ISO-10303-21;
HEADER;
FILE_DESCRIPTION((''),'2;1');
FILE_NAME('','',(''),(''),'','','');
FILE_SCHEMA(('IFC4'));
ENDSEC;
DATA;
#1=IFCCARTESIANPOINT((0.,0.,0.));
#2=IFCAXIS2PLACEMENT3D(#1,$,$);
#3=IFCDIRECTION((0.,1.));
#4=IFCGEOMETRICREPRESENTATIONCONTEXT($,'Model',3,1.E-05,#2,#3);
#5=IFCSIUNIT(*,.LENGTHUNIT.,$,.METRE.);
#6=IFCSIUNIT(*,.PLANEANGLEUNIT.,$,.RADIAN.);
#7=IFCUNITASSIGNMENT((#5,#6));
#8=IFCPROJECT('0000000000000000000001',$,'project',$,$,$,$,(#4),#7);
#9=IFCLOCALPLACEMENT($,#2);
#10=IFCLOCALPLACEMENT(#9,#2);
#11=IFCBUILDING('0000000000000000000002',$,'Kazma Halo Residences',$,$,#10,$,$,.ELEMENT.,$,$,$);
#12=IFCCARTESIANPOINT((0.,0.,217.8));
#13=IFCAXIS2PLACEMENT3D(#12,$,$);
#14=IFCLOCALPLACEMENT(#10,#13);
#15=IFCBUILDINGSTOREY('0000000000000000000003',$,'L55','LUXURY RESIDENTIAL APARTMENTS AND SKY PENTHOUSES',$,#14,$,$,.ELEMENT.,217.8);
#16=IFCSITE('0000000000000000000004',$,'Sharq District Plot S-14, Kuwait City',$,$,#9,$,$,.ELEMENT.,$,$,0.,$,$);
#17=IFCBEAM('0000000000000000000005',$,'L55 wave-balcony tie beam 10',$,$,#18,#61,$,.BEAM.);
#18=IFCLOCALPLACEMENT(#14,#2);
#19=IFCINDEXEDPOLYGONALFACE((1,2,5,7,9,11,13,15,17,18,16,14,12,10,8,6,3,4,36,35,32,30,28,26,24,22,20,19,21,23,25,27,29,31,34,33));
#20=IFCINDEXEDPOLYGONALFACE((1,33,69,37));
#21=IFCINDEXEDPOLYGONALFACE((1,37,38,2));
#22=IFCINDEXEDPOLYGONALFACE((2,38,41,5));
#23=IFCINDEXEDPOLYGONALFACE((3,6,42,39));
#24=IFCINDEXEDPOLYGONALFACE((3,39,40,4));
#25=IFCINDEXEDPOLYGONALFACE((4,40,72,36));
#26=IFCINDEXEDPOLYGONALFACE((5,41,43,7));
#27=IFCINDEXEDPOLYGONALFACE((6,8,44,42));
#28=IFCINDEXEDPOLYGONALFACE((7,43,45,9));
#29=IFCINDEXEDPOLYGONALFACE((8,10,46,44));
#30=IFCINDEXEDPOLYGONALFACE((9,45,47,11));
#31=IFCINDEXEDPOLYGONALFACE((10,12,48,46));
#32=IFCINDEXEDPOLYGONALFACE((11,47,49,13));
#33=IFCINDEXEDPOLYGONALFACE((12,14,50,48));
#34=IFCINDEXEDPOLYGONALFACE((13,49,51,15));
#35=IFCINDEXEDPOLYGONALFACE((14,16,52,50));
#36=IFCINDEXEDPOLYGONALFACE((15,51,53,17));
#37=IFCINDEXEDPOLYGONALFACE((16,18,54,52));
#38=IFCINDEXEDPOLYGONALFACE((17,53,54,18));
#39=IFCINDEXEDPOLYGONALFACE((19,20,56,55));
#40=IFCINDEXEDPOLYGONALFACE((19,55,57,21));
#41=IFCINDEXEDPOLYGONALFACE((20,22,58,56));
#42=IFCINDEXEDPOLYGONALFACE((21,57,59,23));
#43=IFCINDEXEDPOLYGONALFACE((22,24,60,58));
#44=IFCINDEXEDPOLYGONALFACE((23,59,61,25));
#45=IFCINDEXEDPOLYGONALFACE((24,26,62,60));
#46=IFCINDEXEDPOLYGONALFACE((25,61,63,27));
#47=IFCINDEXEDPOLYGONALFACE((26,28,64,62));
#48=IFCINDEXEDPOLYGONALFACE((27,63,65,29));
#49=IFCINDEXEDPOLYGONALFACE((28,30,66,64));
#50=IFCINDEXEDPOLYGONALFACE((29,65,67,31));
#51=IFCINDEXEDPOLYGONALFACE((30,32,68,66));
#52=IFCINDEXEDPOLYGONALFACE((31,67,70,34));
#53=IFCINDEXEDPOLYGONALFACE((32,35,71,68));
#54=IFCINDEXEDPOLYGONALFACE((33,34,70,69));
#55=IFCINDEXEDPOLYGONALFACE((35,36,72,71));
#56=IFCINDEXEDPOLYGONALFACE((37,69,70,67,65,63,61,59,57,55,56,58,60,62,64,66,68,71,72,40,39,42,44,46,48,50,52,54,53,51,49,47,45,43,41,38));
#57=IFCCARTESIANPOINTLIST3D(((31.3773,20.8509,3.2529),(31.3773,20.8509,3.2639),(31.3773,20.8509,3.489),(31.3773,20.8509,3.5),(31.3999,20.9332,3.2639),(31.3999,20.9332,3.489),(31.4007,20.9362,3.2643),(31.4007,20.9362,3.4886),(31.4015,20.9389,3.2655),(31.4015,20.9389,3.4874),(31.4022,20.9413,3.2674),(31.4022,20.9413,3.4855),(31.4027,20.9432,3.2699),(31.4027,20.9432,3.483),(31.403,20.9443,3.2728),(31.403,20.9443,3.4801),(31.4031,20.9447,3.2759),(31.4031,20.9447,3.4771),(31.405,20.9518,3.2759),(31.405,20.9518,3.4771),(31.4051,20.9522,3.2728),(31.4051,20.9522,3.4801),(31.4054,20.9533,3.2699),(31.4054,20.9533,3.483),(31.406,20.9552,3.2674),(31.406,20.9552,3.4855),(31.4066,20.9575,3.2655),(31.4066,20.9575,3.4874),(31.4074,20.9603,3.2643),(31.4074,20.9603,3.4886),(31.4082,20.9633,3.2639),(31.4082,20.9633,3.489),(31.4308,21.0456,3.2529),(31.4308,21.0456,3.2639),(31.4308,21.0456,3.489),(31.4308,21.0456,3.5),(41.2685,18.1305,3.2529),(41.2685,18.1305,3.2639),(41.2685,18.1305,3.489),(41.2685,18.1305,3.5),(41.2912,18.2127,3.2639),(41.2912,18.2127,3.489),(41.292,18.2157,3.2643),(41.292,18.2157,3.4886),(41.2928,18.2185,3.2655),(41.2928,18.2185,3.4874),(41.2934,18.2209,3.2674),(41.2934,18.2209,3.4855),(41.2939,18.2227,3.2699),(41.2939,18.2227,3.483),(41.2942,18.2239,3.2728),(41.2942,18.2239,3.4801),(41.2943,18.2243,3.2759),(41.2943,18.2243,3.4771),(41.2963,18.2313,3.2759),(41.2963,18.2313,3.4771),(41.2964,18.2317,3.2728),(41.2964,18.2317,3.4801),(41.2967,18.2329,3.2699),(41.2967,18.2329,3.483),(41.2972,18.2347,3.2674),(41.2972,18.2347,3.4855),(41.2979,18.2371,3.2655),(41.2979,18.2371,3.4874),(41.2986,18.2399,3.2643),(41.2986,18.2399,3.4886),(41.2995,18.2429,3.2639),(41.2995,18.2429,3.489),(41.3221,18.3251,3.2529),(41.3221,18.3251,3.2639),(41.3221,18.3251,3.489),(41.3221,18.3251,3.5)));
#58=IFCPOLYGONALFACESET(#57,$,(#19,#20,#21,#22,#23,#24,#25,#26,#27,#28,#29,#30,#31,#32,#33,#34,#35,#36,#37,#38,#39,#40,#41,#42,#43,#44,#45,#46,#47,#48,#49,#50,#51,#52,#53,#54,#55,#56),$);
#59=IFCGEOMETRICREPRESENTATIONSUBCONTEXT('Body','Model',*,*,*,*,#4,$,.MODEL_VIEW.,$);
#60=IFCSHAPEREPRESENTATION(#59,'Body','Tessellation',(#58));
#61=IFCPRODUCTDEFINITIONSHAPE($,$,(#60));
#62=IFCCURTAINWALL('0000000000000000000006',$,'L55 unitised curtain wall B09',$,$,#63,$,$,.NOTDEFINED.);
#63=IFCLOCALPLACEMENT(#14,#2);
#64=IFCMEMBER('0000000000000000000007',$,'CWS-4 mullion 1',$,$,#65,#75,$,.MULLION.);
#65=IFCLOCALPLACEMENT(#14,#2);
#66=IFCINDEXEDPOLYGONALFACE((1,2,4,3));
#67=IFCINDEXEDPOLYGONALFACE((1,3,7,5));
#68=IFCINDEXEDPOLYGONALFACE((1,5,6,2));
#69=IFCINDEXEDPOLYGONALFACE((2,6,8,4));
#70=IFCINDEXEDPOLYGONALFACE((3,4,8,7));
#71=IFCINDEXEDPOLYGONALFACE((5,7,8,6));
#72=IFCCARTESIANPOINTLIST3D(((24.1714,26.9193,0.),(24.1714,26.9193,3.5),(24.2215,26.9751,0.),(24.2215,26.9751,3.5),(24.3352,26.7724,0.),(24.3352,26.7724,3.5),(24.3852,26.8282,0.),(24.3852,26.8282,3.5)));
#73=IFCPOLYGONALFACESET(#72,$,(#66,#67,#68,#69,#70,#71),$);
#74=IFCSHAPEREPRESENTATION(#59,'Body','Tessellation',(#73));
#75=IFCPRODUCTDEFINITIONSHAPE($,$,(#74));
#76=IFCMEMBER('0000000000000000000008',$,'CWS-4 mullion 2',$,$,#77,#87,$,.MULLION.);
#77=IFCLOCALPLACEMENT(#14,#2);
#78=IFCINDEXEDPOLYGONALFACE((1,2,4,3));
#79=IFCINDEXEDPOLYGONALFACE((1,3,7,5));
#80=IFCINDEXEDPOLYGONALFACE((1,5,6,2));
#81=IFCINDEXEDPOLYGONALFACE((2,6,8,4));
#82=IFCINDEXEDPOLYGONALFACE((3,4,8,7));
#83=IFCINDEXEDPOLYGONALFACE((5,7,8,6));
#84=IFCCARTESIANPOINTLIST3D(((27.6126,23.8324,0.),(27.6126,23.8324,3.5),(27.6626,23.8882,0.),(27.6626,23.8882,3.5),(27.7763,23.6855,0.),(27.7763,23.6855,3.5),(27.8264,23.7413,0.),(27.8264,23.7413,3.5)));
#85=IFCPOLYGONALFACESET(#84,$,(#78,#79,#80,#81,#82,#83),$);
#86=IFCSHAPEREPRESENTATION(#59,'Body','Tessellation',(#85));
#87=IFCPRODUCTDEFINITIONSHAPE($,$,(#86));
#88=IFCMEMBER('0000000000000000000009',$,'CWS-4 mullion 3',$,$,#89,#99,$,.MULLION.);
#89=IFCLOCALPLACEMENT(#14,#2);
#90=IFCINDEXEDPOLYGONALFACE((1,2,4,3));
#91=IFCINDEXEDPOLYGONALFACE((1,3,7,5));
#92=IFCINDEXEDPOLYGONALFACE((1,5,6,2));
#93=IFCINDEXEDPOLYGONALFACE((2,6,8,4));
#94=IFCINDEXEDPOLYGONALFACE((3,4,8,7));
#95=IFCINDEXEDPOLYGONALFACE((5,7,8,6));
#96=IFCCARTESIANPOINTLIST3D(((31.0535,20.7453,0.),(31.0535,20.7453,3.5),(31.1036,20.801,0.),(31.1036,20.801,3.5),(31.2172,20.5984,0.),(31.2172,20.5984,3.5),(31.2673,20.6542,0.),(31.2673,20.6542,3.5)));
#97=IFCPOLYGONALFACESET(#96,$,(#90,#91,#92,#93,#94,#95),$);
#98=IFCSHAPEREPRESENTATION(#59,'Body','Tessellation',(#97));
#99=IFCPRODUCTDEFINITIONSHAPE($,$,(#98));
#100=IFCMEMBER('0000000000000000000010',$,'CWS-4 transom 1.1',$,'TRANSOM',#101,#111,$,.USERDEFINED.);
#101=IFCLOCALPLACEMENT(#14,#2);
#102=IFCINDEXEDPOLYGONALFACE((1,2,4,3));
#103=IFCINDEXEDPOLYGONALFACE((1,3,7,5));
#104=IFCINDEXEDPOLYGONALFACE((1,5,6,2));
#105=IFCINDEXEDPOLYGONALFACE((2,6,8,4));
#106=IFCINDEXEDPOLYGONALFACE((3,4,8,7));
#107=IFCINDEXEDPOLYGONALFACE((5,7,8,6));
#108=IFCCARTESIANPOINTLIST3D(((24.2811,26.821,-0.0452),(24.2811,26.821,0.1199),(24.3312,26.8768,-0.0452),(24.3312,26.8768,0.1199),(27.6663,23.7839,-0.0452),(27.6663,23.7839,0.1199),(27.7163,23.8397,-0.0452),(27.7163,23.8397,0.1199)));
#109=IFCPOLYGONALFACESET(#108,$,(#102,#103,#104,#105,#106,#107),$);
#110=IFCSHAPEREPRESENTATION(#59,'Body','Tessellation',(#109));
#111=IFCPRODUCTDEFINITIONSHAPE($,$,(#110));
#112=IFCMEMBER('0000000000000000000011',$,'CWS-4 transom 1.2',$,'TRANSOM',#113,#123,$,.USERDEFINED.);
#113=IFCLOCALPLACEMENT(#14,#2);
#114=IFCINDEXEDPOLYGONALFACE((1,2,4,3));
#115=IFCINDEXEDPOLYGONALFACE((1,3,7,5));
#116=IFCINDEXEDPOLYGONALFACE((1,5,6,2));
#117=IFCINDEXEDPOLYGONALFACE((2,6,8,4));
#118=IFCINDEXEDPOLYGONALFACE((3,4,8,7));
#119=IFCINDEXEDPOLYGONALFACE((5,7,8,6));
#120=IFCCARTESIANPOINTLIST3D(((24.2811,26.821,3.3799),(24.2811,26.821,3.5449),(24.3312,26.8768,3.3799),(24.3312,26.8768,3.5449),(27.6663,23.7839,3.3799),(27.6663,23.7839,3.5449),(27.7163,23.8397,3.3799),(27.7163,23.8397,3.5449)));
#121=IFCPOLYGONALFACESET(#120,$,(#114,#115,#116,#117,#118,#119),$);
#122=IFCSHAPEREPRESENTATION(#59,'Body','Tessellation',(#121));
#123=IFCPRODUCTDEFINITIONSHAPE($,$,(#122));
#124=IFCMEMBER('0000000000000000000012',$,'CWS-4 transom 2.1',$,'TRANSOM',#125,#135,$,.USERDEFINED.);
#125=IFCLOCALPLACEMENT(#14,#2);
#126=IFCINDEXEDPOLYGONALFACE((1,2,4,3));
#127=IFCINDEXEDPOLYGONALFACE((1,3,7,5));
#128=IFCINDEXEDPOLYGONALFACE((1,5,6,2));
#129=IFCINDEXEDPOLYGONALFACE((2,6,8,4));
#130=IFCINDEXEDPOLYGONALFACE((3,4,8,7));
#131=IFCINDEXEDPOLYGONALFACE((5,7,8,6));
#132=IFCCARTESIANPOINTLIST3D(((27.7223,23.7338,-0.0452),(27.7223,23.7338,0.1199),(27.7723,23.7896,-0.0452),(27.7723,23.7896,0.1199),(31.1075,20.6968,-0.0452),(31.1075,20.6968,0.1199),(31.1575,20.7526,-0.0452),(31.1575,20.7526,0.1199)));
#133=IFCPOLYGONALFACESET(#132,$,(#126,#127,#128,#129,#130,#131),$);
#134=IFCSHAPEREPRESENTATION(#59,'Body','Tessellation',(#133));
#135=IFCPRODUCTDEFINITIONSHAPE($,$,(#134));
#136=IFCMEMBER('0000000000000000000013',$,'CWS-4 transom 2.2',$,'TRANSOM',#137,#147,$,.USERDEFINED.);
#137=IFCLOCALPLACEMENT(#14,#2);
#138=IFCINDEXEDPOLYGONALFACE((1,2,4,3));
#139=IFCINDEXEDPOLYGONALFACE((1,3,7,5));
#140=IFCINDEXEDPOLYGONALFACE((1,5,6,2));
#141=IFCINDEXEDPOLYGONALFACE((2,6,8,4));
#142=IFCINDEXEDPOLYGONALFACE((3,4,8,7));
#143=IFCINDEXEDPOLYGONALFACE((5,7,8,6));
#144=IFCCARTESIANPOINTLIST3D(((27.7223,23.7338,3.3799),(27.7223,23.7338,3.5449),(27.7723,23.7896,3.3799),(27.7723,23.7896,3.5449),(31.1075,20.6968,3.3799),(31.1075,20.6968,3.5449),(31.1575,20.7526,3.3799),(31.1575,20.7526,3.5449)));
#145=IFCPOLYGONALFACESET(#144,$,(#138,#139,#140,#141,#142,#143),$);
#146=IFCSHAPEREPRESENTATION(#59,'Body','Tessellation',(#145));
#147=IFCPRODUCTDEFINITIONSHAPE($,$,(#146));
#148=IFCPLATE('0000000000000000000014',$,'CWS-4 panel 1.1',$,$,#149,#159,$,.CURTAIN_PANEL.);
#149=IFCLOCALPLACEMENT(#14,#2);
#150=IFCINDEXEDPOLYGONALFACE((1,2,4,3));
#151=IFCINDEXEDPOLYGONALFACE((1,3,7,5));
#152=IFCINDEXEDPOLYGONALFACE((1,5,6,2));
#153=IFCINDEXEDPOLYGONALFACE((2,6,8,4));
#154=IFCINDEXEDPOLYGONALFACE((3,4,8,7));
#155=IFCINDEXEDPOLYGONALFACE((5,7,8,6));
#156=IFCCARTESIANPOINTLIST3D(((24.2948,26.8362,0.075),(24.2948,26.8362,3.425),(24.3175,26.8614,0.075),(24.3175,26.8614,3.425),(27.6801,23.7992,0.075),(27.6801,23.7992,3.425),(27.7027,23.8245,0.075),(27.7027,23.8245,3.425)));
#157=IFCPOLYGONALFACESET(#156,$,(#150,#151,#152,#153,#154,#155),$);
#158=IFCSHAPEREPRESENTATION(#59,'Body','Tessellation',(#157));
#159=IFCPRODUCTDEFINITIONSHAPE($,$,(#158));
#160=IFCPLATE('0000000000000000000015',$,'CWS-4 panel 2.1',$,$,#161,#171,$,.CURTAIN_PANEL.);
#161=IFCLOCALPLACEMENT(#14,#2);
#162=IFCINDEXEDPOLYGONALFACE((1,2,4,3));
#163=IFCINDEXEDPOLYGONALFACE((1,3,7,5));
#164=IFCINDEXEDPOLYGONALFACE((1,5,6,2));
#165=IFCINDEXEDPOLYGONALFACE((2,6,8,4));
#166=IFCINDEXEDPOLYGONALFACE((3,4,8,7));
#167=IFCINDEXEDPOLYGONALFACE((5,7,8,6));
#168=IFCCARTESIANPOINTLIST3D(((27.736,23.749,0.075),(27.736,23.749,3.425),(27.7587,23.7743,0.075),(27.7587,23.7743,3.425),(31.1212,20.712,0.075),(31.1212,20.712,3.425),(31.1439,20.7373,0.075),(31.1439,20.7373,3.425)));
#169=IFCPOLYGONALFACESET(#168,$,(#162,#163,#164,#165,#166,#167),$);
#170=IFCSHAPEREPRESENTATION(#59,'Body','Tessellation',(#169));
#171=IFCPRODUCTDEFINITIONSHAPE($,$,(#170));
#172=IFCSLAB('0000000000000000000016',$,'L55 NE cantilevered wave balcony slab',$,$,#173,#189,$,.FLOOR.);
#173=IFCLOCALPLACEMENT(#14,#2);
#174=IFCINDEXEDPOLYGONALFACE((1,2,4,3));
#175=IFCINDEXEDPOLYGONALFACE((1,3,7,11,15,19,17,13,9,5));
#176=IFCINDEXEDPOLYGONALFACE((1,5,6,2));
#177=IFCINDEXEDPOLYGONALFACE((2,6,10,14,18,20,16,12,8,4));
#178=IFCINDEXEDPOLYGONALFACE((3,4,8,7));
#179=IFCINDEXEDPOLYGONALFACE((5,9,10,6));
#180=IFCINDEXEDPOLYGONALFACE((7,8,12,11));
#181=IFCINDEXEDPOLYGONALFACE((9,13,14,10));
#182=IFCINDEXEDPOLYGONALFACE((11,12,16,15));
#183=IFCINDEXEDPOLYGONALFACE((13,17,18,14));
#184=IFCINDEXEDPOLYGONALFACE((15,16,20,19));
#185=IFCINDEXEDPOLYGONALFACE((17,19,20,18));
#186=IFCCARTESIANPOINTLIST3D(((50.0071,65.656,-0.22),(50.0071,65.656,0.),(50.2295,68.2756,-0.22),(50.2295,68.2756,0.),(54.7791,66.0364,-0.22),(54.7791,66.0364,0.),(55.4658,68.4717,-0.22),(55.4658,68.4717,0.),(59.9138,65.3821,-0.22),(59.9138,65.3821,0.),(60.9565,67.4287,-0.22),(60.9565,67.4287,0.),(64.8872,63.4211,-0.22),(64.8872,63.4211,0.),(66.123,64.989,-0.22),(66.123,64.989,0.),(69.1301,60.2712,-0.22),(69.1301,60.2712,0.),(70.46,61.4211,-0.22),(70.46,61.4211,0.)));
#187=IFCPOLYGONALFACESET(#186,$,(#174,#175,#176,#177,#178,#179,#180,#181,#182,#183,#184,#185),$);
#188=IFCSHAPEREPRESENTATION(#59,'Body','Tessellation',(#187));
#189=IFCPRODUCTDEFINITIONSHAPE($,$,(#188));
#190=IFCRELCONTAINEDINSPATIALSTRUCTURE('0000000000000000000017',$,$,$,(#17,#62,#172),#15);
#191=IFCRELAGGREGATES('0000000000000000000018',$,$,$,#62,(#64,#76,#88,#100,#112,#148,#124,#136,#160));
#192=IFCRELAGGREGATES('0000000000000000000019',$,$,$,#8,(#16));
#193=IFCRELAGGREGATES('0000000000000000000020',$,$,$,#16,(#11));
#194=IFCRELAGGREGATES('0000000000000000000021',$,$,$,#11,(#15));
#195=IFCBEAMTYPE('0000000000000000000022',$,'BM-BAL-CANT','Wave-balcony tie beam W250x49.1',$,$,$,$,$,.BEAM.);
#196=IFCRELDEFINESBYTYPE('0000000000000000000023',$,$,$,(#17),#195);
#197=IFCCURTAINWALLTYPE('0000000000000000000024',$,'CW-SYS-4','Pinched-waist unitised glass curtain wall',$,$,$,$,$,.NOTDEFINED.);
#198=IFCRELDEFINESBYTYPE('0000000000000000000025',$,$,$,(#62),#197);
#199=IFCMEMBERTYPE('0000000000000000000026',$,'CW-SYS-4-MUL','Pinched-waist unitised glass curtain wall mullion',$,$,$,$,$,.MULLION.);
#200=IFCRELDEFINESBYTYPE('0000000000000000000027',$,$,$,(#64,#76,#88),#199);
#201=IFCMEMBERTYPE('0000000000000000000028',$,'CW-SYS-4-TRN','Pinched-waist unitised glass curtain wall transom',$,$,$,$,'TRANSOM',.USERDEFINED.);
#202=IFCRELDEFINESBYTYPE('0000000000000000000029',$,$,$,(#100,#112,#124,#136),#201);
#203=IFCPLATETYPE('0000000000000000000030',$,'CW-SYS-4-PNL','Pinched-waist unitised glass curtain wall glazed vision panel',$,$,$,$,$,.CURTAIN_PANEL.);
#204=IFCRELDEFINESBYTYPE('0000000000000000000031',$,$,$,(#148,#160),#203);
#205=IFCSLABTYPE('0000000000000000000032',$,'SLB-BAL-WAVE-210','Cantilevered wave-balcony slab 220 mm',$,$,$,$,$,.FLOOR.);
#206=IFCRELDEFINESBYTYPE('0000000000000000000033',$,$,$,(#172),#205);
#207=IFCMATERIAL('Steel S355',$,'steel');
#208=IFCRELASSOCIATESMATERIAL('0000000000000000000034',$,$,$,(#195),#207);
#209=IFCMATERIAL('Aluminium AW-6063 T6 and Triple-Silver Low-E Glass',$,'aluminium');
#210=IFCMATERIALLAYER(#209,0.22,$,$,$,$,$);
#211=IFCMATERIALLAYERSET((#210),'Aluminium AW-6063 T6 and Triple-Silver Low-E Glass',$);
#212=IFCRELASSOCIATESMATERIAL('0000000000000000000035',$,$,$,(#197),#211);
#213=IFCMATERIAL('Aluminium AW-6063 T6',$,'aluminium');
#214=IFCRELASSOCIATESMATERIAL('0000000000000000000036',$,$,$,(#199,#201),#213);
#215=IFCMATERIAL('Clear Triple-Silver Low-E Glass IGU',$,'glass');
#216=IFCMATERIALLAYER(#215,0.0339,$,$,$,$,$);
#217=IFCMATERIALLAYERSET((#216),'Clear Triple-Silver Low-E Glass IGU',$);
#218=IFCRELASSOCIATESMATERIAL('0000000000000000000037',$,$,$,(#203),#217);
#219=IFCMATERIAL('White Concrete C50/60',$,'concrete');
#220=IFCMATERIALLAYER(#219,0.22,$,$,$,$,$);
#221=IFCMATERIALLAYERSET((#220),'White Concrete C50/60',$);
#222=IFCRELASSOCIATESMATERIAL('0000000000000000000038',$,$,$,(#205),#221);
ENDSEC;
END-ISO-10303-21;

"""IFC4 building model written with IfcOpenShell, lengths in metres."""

from ifc_helpers import new_model, si_unit, direction, frame, origin, origin_2d, place, context, subcontext, project, spatial, polyline, rectangle, i_section, outline, extrude, material, layer, layer_set, material_profile, profile_set, type_object, element, aggregate, save


model = new_model("IFC4")

# Units and contexts
model_context = context("Model", 3, precision=1e-05, world=origin(), true_north=direction((0.0, 1.0)))
body_context = subcontext(model_context, "Body", "Model", "MODEL_VIEW")
ifc_project = project(units=[si_unit("LENGTHUNIT", "METRE"), si_unit("PLANEANGLEUNIT", "RADIAN")], contexts=[model_context])

# Site, building, storey
site_placement = place(None, origin())
site = spatial("IfcSite", under=ifc_project, at=site_placement, Name="Sharq District Plot S-14, Kuwait City", CompositionType="ELEMENT", RefElevation=0.0)
building_placement = place(site_placement, origin())
building = spatial("IfcBuilding", under=site, at=building_placement, Name="Kazma Halo Residences", CompositionType="ELEMENT")
storey_placement = place(building_placement, frame((0.0, 0.0, 217.8)))
storey = spatial("IfcBuildingStorey", under=building, at=storey_placement, Name="L55", Description="LUXURY RESIDENTIAL APARTMENTS AND SKY PENTHOUSES", CompositionType="ELEMENT", Elevation=217.8)

# Beam
ifc_material_1 = material(Name="Steel S355", Category="steel")
ifc_material_profile_1 = material_profile(ifc_material_1, i_section(OverallWidth=0.2019, OverallDepth=0.2471, WebThickness=0.0073, FlangeThickness=0.011, FilletRadius=0.012, at=origin_2d()), Name="W250x49.1")
ifc_profile_set_1 = profile_set([ifc_material_profile_1], Name="Steel S355")
beam_type = type_object("IfcBeamType", Name="BM-BAL-CANT", Description="Wave-balcony tie beam W250x49.1", PredefinedType="BEAM", material=ifc_profile_set_1)
beam_placement = place(storey_placement, frame((31.4041, 20.9482, 3.3765), z_axis=(0.964197, -0.265187, 0.0), x_axis=(0.265187, 0.964197, 0.0)))
element("IfcBeam", 1, at=beam_placement, inside=storey, type_object=beam_type, Name="L55 wave-balcony tie beam 10", PredefinedType="BEAM", context=body_context, shape_type="SweptSolid", body=[
    extrude(i_section(OverallWidth=0.2019, OverallDepth=0.2471, WebThickness=0.0073, FlangeThickness=0.011, FilletRadius=0.012, at=origin_2d()), origin(), (0.0, 0.0, 1.0), 10.2585),
])

# Curtain wall, members, plates
ifc_material_2 = material(Name="Aluminium AW-6063 T6 and Triple-Silver Low-E Glass", Category="aluminium")
ifc_layer_1 = layer(ifc_material_2, 0.22)
ifc_layer_set_1 = layer_set([ifc_layer_1], Name="Aluminium AW-6063 T6 and Triple-Silver Low-E Glass")
curtain_wall_type = type_object("IfcCurtainWallType", Name="CW-SYS-4", Description="Pinched-waist unitised glass curtain wall", PredefinedType="NOTDEFINED", material=ifc_layer_set_1)
curtain_wall_placement = place(storey_placement, origin())
curtain_wall = element("IfcCurtainWall", 2, at=curtain_wall_placement, inside=storey, type_object=curtain_wall_type, Name="L55 unitised curtain wall B09", PredefinedType="NOTDEFINED")
ifc_material_3 = material(Name="Aluminium AW-6063 T6", Category="aluminium")
ifc_material_profile_2 = material_profile(ifc_material_3, rectangle(XDim=0.075, YDim=0.22, at=origin_2d()), Name="CWM-75x220")
ifc_profile_set_2 = profile_set([ifc_material_profile_2], Name="Aluminium AW-6063 T6")
member_type_1 = type_object("IfcMemberType", Name="CW-SYS-4-MUL", Description="Pinched-waist unitised glass curtain wall mullion", PredefinedType="MULLION", material=ifc_profile_set_2)
member_1_placement = place(storey_placement, frame((24.2783, 26.8738, 0.0), z_axis=(0.0, 0.0, 1.0), x_axis=(0.667784, 0.744355, 0.0)))
member_1 = element("IfcMember", 3, at=member_1_placement, type_object=member_type_1, Name="CWS-4 mullion 1", PredefinedType="MULLION", context=body_context, shape_type="SweptSolid", body=[
    extrude(rectangle(XDim=0.075, YDim=0.22, at=origin_2d()), origin(), (0.0, 0.0, 1.0), 3.5),
])
member_2_placement = place(storey_placement, frame((27.7195, 23.7869, 0.0), z_axis=(0.0, 0.0, 1.0), x_axis=(0.667784, 0.744355, 0.0)))
member_2 = element("IfcMember", 4, at=member_2_placement, type_object=member_type_1, Name="CWS-4 mullion 2", PredefinedType="MULLION", context=body_context, shape_type="SweptSolid", body=[
    extrude(rectangle(XDim=0.075, YDim=0.22, at=origin_2d()), origin(), (0.0, 0.0, 1.0), 3.5),
])
member_3_placement = place(storey_placement, frame((31.1604, 20.6997, 0.0), z_axis=(0.0, 0.0, 1.0), x_axis=(0.667784, 0.744355, 0.0)))
member_3 = element("IfcMember", 5, at=member_3_placement, type_object=member_type_1, Name="CWS-4 mullion 3", PredefinedType="MULLION", context=body_context, shape_type="SweptSolid", body=[
    extrude(rectangle(XDim=0.075, YDim=0.22, at=origin_2d()), origin(), (0.0, 0.0, 1.0), 3.5),
])
ifc_material_profile_3 = material_profile(ifc_material_3, rectangle(XDim=0.075, YDim=0.165, at=origin_2d()), Name="CWT-75x165")
ifc_profile_set_3 = profile_set([ifc_material_profile_3], Name="Aluminium AW-6063 T6")
member_type_2 = type_object("IfcMemberType", Name="CW-SYS-4-TRN", Description="Pinched-waist unitised glass curtain wall transom", ElementType="TRANSOM", PredefinedType="USERDEFINED", material=ifc_profile_set_3)
member_4_placement = place(storey_placement, frame((24.3062, 26.8489, 0.0374), z_axis=(0.744345, -0.667795, 0.0), x_axis=(0.667795, 0.744345, 0.0)))
member_4 = element("IfcMember", 6, at=member_4_placement, type_object=member_type_2, Name="CWS-4 transom 1.1", ObjectType="TRANSOM", PredefinedType="USERDEFINED", context=body_context, shape_type="SweptSolid", body=[
    extrude(rectangle(XDim=0.075, YDim=0.165, at=origin_2d()), origin(), (0.0, 0.0, 1.0), 4.5479),
])
member_5_placement = place(storey_placement, frame((24.3062, 26.8489, 3.4624), z_axis=(0.744345, -0.667795, 0.0), x_axis=(0.667795, 0.744345, 0.0)))
member_5 = element("IfcMember", 7, at=member_5_placement, type_object=member_type_2, Name="CWS-4 transom 1.2", ObjectType="TRANSOM", PredefinedType="USERDEFINED", context=body_context, shape_type="SweptSolid", body=[
    extrude(rectangle(XDim=0.075, YDim=0.165, at=origin_2d()), origin(), (0.0, 0.0, 1.0), 4.5479),
])
member_6_placement = place(storey_placement, frame((27.7473, 23.7617, 0.0374), z_axis=(0.744345, -0.667795, 0.0), x_axis=(0.667795, 0.744345, 0.0)))
member_6 = element("IfcMember", 8, at=member_6_placement, type_object=member_type_2, Name="CWS-4 transom 2.1", ObjectType="TRANSOM", PredefinedType="USERDEFINED", context=body_context, shape_type="SweptSolid", body=[
    extrude(rectangle(XDim=0.075, YDim=0.165, at=origin_2d()), origin(), (0.0, 0.0, 1.0), 4.5479),
])
member_7_placement = place(storey_placement, frame((27.7473, 23.7617, 3.4624), z_axis=(0.744345, -0.667795, 0.0), x_axis=(0.667795, 0.744345, 0.0)))
member_7 = element("IfcMember", 9, at=member_7_placement, type_object=member_type_2, Name="CWS-4 transom 2.2", ObjectType="TRANSOM", PredefinedType="USERDEFINED", context=body_context, shape_type="SweptSolid", body=[
    extrude(rectangle(XDim=0.075, YDim=0.165, at=origin_2d()), origin(), (0.0, 0.0, 1.0), 4.5479),
])
ifc_material_4 = material(Name="Clear Triple-Silver Low-E Glass IGU", Category="glass")
ifc_layer_2 = layer(ifc_material_4, 0.0339)
ifc_layer_set_2 = layer_set([ifc_layer_2], Name="Clear Triple-Silver Low-E Glass IGU")
plate_type = type_object("IfcPlateType", Name="CW-SYS-4-PNL", Description="Pinched-waist unitised glass curtain wall glazed vision panel", PredefinedType="CURTAIN_PANEL", material=ifc_layer_set_2)
plate_1_placement = place(storey_placement, frame((25.9988, 25.3303, 0.075), z_axis=(0.0, 0.0, 1.0), x_axis=(0.744355, -0.667784, 0.0)))
plate_1 = element("IfcPlate", 10, at=plate_1_placement, type_object=plate_type, Name="CWS-4 panel 1.1", PredefinedType="CURTAIN_PANEL", context=body_context, shape_type="SweptSolid", body=[
    extrude(rectangle(XDim=4.5479, YDim=0.0339, at=origin_2d()), origin(), (0.0, 0.0, 1.0), 3.3501),
])
plate_2_placement = place(storey_placement, frame((29.4399, 22.2432, 0.075), z_axis=(0.0, 0.0, 1.0), x_axis=(0.744355, -0.667784, 0.0)))
plate_2 = element("IfcPlate", 11, at=plate_2_placement, type_object=plate_type, Name="CWS-4 panel 2.1", PredefinedType="CURTAIN_PANEL", context=body_context, shape_type="SweptSolid", body=[
    extrude(rectangle(XDim=4.5479, YDim=0.0339, at=origin_2d()), origin(), (0.0, 0.0, 1.0), 3.3501),
])
aggregate(curtain_wall, [member_1, member_2, member_3, member_4, member_5, plate_1, member_6, member_7, plate_2])

# Slab
ifc_material_5 = material(Name="White Concrete C50/60", Category="concrete")
ifc_layer_3 = layer(ifc_material_5, 0.22)
ifc_layer_set_3 = layer_set([ifc_layer_3], Name="White Concrete C50/60")
slab_type_1 = type_object("IfcSlabType", Name="SLB-BAL-WAVE-210", Description="Cantilevered wave-balcony slab 220 mm", PredefinedType="FLOOR", material=ifc_layer_set_3)
slab_1_placement = place(storey_placement, frame((0.0, 0.0, -0.22)))
element("IfcSlab", 12, at=slab_1_placement, inside=storey, type_object=slab_type_1, Name="L55 NE cantilevered wave balcony slab", PredefinedType="FLOOR", context=body_context, shape_type="SweptSolid", body=[
    extrude(outline(polyline([(69.1301, 60.2712), (64.8872, 63.4211), (59.9138, 65.3821), (54.7791, 66.0364), (50.0071, 65.656), (50.2295, 68.2756), (55.4658, 68.4717), (60.9565, 67.4287), (66.123, 64.989), (70.46, 61.4211), (69.1301, 60.2712)])), origin(), (0.0, 0.0, 1.0), 0.22),
])

save(model, "model.ifc")
